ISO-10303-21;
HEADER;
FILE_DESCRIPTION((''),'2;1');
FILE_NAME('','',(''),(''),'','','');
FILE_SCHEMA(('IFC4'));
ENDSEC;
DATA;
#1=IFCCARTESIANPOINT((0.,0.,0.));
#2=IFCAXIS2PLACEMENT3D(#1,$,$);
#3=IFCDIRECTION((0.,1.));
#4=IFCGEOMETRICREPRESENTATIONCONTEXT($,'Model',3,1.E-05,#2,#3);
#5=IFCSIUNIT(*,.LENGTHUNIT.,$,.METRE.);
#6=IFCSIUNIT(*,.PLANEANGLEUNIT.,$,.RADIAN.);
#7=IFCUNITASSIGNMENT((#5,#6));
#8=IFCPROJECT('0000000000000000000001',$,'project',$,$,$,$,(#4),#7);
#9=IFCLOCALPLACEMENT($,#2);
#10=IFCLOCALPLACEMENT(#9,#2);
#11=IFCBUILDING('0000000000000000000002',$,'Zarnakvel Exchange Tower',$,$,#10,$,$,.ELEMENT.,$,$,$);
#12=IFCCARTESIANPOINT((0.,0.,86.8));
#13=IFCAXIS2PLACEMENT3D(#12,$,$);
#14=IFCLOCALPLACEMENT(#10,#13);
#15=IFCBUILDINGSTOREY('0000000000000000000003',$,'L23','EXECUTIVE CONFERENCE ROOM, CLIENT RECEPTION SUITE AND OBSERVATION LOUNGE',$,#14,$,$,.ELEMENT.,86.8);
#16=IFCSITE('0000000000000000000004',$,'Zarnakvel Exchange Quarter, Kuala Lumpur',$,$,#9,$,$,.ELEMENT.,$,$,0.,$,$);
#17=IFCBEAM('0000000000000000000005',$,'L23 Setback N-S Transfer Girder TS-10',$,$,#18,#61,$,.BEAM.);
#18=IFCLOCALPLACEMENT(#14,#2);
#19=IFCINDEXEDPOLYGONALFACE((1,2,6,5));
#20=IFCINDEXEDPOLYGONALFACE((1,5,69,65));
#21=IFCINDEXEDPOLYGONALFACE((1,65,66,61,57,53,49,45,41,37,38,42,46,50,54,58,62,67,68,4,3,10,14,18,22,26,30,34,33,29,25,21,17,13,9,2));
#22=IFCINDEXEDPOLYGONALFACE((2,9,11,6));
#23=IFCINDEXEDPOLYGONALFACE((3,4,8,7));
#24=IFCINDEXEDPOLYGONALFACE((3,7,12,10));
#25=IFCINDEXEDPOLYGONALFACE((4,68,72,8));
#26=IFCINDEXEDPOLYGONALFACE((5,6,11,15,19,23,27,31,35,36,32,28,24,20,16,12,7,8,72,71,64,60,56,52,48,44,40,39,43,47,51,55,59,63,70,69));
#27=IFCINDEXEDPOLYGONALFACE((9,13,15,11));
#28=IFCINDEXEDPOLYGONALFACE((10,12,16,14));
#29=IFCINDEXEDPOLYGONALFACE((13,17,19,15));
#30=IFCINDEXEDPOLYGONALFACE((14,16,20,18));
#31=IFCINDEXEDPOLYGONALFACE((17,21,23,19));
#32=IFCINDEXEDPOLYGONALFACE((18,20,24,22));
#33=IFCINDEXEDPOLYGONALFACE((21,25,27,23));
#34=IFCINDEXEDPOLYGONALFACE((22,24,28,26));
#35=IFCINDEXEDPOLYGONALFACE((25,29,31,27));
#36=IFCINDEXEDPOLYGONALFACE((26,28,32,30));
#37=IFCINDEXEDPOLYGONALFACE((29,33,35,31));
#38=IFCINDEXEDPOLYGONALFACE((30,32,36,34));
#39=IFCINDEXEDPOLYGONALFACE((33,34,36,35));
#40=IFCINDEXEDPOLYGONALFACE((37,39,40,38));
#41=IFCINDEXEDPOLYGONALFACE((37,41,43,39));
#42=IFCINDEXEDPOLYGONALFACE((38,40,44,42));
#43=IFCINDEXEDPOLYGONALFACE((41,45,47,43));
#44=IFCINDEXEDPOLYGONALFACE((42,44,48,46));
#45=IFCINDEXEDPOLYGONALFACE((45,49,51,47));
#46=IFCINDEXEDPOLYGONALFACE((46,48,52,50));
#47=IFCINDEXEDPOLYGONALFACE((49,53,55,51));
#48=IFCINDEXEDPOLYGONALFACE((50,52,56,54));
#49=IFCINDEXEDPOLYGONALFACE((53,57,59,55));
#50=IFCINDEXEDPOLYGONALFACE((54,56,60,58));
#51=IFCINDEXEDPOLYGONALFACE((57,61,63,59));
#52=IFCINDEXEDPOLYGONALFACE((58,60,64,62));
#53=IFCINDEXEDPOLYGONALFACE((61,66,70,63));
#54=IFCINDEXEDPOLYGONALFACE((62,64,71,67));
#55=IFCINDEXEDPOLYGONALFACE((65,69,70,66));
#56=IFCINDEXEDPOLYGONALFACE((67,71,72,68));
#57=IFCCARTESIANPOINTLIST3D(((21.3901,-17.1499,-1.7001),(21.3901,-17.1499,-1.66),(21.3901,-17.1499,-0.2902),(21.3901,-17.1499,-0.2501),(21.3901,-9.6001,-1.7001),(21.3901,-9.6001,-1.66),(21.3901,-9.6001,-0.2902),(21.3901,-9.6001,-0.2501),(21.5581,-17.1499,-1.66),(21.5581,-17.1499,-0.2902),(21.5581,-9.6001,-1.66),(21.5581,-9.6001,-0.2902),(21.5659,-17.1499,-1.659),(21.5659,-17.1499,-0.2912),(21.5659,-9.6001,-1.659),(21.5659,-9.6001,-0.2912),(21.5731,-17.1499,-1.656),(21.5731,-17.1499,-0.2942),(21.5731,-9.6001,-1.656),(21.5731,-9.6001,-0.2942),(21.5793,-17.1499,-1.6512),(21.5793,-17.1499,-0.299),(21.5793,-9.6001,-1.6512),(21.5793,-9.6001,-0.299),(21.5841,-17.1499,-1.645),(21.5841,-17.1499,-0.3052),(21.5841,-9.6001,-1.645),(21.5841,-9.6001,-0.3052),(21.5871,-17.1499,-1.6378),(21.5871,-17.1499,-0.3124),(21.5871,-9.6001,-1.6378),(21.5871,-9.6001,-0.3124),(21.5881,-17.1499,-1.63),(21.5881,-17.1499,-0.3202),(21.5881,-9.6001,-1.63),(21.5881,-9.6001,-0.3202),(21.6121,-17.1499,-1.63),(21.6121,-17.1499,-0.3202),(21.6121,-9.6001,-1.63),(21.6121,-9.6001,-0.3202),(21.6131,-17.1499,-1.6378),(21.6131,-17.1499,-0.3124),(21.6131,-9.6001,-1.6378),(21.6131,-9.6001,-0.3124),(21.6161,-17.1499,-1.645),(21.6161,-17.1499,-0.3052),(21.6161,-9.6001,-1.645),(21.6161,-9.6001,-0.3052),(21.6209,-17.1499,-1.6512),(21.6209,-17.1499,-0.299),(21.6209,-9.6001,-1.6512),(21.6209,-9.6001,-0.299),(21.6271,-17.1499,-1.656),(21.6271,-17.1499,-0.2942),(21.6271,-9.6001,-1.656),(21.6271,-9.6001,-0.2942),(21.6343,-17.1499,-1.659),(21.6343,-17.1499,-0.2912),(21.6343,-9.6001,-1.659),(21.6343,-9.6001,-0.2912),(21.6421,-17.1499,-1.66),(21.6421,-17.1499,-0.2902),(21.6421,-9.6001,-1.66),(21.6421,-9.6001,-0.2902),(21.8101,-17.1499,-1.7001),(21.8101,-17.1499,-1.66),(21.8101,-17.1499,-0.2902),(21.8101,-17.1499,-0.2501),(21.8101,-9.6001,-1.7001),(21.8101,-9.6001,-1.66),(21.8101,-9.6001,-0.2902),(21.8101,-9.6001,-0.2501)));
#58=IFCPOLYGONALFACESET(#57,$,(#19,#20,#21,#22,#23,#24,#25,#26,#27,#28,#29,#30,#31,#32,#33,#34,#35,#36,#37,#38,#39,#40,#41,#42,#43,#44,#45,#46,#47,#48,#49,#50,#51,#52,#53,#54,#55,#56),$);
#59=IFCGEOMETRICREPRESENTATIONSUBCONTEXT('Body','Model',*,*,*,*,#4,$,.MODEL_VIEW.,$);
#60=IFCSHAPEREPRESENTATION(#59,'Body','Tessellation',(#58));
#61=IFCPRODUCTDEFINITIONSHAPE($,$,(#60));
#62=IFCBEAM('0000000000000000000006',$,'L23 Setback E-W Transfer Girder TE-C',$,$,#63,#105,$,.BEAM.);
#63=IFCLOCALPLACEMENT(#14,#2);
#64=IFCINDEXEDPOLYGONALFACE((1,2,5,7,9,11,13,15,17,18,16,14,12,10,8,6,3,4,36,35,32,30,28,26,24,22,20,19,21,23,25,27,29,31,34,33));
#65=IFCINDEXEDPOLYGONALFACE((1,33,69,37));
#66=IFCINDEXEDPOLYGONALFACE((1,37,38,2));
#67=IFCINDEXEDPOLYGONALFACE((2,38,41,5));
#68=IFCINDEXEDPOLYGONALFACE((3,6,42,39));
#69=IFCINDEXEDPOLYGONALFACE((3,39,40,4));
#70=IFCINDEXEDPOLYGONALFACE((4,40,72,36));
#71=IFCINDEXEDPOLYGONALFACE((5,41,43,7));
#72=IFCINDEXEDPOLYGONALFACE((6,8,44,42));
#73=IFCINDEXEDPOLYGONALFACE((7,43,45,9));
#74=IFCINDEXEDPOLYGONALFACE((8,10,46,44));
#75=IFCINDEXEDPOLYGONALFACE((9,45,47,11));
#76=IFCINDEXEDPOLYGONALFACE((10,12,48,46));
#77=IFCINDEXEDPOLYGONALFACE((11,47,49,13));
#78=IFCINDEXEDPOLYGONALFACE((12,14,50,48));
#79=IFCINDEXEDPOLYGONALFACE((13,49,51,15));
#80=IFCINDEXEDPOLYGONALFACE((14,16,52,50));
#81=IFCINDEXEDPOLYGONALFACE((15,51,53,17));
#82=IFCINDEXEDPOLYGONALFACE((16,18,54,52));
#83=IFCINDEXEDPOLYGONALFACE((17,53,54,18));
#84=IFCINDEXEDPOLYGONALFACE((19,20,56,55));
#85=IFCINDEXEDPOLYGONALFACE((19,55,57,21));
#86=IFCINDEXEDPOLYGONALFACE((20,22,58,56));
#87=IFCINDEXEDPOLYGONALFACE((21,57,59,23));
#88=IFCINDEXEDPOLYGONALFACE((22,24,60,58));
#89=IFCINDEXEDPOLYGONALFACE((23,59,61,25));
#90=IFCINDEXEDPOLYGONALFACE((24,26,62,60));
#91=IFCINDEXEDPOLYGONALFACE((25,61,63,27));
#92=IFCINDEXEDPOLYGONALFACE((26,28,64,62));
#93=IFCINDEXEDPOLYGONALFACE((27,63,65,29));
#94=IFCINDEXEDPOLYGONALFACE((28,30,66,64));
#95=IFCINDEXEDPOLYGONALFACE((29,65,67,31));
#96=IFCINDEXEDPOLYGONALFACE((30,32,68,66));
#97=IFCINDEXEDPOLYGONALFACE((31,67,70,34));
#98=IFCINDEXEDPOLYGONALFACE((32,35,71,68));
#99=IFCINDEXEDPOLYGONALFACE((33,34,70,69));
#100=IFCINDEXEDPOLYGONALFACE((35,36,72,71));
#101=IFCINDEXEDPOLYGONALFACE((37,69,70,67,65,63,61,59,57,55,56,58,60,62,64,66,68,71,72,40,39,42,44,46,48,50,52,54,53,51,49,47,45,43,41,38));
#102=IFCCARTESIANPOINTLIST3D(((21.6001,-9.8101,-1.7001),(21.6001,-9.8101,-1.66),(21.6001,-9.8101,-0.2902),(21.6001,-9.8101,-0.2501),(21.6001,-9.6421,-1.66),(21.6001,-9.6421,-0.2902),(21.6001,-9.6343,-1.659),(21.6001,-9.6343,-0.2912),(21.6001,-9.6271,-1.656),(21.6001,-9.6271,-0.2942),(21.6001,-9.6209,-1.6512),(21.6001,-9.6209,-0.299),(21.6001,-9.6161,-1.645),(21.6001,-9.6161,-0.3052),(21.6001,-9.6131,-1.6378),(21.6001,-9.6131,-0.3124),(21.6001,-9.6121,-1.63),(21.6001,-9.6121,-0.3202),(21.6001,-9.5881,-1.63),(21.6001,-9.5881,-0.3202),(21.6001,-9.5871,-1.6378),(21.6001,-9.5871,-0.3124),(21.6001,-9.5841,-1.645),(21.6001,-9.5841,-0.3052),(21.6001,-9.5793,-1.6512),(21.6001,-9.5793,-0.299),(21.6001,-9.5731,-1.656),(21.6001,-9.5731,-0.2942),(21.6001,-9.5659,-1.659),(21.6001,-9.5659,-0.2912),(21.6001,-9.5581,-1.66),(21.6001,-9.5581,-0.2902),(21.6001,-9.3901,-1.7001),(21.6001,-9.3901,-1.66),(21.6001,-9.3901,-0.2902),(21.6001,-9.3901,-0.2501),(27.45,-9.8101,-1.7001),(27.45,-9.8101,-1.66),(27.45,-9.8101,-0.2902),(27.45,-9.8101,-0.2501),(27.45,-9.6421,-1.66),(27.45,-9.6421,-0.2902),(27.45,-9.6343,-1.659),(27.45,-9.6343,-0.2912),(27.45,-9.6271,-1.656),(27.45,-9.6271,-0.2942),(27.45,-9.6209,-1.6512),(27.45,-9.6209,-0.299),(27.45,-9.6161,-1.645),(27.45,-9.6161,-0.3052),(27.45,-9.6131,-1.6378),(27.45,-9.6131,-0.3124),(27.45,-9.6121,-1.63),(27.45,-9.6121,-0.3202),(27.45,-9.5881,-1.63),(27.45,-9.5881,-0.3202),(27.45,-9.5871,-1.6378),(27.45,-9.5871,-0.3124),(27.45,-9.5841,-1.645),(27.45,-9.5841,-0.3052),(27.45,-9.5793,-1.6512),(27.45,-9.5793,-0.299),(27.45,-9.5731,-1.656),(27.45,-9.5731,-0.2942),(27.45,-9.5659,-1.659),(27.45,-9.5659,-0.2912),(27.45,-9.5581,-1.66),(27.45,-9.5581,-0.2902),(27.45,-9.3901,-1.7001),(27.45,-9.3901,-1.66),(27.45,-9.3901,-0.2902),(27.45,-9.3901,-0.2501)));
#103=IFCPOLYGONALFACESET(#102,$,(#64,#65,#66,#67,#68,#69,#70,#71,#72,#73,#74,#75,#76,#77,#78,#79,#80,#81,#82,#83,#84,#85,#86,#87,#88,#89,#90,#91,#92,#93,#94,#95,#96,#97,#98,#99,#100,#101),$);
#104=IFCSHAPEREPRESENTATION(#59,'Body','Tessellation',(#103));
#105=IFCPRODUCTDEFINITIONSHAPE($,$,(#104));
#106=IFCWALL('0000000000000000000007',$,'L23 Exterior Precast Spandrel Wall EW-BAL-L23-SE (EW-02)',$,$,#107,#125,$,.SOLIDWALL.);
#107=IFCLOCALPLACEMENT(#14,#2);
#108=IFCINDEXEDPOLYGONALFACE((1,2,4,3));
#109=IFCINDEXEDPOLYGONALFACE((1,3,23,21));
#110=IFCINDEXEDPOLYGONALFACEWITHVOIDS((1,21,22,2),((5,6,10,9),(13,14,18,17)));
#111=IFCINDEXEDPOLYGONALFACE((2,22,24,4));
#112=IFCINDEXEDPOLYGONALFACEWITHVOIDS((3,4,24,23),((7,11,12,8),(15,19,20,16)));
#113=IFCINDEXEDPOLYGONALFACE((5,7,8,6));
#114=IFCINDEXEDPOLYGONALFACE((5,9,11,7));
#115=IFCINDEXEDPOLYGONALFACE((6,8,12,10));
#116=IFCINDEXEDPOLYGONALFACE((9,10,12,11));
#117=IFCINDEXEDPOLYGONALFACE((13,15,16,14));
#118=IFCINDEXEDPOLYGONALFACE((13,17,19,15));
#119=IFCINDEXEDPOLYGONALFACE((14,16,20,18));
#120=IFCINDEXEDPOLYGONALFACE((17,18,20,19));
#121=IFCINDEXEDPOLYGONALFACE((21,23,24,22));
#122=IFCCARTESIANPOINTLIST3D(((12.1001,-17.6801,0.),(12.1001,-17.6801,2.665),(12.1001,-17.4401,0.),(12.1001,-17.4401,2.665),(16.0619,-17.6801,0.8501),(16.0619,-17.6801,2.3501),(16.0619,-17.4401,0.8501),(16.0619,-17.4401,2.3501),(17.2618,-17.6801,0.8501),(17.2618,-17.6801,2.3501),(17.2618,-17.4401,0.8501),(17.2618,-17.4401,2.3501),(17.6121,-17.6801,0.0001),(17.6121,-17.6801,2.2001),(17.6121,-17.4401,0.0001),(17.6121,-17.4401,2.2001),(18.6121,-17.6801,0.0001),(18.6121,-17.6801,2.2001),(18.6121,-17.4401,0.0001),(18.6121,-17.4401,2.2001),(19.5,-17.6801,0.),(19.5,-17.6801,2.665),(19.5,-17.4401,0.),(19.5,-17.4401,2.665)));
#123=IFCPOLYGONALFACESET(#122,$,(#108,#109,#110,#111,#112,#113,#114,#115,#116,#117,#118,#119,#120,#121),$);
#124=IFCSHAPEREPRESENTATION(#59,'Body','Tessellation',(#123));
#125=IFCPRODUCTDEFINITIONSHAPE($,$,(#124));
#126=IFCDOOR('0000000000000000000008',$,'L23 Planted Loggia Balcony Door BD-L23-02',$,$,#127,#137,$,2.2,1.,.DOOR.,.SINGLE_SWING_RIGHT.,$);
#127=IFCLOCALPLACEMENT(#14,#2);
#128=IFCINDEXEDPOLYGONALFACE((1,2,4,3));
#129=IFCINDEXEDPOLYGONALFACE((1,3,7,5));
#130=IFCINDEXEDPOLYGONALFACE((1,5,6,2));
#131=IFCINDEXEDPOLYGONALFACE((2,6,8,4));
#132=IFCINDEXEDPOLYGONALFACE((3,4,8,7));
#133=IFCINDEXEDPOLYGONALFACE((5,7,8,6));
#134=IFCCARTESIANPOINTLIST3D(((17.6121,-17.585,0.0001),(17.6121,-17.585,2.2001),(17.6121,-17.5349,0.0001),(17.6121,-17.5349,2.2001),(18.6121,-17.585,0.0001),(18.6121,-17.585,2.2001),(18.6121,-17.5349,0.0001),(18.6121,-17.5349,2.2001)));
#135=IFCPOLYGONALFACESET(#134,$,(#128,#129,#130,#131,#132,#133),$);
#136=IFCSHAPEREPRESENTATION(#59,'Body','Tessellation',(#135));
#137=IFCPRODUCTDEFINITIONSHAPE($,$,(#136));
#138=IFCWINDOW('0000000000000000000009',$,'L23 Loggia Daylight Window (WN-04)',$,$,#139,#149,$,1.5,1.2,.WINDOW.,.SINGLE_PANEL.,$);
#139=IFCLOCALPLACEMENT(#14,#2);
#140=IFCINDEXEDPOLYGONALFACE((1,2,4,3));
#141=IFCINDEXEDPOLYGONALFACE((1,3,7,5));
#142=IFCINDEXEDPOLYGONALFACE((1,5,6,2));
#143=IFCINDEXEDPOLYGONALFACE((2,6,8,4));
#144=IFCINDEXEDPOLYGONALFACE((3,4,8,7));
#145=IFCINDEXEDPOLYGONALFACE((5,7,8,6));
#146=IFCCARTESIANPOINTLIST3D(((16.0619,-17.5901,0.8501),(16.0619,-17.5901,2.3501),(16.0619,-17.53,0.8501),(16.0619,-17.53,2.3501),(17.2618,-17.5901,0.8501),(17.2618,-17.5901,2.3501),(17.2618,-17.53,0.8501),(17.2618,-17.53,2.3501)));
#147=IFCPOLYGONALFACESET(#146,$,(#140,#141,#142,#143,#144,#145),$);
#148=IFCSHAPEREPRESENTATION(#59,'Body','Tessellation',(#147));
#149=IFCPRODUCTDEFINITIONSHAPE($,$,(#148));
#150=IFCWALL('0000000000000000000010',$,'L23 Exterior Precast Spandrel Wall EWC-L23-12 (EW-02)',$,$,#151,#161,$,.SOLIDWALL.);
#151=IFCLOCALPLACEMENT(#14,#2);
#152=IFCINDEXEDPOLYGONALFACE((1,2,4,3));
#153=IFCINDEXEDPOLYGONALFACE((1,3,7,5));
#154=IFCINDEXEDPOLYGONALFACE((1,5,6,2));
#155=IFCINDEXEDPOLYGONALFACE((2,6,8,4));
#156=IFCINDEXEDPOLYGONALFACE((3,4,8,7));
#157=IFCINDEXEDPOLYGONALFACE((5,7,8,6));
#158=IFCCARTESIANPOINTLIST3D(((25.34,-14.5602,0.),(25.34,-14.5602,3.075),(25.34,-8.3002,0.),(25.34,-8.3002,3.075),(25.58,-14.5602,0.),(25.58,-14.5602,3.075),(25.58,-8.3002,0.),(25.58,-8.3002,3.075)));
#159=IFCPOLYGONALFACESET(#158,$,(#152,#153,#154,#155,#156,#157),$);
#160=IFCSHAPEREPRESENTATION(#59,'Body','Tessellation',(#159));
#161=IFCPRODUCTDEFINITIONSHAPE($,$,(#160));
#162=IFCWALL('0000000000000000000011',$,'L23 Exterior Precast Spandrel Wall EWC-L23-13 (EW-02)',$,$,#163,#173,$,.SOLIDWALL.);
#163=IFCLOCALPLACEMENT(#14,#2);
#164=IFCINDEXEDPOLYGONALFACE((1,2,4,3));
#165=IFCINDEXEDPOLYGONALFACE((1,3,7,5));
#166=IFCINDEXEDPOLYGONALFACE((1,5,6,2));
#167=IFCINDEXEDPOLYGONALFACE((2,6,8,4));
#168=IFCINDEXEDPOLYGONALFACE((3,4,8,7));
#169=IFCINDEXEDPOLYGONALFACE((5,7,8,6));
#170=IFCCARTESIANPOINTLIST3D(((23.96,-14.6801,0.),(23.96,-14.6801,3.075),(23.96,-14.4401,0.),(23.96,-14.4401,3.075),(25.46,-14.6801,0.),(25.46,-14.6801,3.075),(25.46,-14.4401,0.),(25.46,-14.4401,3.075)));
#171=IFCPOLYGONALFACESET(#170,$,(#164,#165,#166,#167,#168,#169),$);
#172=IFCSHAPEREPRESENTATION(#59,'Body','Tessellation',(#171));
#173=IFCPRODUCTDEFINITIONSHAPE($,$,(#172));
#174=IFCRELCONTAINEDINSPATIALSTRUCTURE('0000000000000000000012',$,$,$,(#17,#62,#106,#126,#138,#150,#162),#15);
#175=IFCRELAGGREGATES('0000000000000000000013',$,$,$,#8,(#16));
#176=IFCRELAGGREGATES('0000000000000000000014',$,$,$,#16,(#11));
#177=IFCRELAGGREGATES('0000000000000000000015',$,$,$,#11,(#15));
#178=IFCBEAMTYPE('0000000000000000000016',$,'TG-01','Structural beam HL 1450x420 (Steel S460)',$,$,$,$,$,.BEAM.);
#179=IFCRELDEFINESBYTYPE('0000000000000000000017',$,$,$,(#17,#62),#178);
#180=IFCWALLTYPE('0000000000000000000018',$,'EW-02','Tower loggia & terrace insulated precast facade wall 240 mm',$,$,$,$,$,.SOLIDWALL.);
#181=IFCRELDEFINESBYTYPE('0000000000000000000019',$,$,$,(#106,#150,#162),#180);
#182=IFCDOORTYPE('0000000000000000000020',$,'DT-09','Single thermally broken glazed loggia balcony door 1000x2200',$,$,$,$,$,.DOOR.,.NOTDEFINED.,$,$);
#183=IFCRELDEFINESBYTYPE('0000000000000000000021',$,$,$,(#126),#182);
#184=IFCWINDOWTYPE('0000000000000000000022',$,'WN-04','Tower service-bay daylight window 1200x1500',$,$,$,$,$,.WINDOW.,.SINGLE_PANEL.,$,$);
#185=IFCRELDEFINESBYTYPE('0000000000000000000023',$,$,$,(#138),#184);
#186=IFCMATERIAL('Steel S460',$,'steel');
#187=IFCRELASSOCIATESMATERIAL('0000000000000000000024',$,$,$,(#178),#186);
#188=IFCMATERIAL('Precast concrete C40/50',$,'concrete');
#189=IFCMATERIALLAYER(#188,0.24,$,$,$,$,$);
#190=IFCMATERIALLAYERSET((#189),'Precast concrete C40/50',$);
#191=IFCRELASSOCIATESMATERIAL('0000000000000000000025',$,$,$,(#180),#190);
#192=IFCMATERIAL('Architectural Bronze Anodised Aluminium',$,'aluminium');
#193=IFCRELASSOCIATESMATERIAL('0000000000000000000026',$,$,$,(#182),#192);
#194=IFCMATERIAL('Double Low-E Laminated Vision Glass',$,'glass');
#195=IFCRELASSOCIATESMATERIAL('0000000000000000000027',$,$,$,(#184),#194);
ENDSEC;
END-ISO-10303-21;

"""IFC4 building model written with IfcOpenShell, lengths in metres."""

from ifc_helpers import new_model, si_unit, direction, frame, frame_2d, origin, origin_2d, place, context, subcontext, project, spatial, rectangle, i_section, extrude, source, transform, mapped, material, layer, layer_set, material_profile, profile_set, type_object, element, fill, save


model = new_model("IFC4")

# Units and contexts
model_context = context("Model", 3, precision=1e-05, world=origin(), true_north=direction((0.0, 1.0)))
body_context = subcontext(model_context, "Body", "Model", "MODEL_VIEW")
ifc_project = project(units=[si_unit("LENGTHUNIT", "METRE"), si_unit("PLANEANGLEUNIT", "RADIAN")], contexts=[model_context])

# Site, building, storey
site_placement = place(None, origin())
site = spatial("IfcSite", under=ifc_project, at=site_placement, Name="Zarnakvel Exchange Quarter, Kuala Lumpur", CompositionType="ELEMENT", RefElevation=0.0)
building_placement = place(site_placement, origin())
building = spatial("IfcBuilding", under=site, at=building_placement, Name="Zarnakvel Exchange Tower", CompositionType="ELEMENT")
storey_placement = place(building_placement, frame((0.0, 0.0, 86.8)))
storey = spatial("IfcBuildingStorey", under=building, at=storey_placement, Name="L23", Description="EXECUTIVE CONFERENCE ROOM, CLIENT RECEPTION SUITE AND OBSERVATION LOUNGE", CompositionType="ELEMENT", Elevation=86.8)

# Beams
ifc_material_1 = material(Name="Steel S460", Category="steel")
ifc_material_profile_1 = material_profile(ifc_material_1, i_section(OverallWidth=0.4199, OverallDepth=1.45, WebThickness=0.0239, FlangeThickness=0.04, FilletRadius=0.03, at=origin_2d()))
ifc_profile_set_1 = profile_set([ifc_material_profile_1], Name="Steel S460")
beam_type_1 = type_object("IfcBeamType", Name="TG-01", Description="Structural beam HL 1450x420 (Steel S460)", PredefinedType="BEAM", material=ifc_profile_set_1)
for number, where, z_axis, x_axis, name in (
    (1, (21.6001, -17.1499, -0.9751), (0.0, 1.0, 0.0), (-1.0, 0.0, 0.0), "L23 Setback N-S Transfer Girder TS-10"),
):
    element("IfcBeam", number, at=place(storey_placement, frame(where, z_axis=z_axis, x_axis=x_axis)), inside=storey, type_object=beam_type_1, Name=name, PredefinedType="BEAM", context=body_context, shape_type="SweptSolid", body=[
        extrude(i_section(OverallWidth=0.4199, OverallDepth=1.45, WebThickness=0.0239, FlangeThickness=0.04, FilletRadius=0.03, at=origin_2d()), origin(), (0.0, 0.0, 1.0), 7.5498),
    ])
beam_1_placement = place(storey_placement, frame((21.6001, -9.6001, -0.9751), z_axis=(1.0, 0.0, 0.0), x_axis=(0.0, 1.0, 0.0)))
element("IfcBeam", 2, at=beam_1_placement, inside=storey, type_object=beam_type_1, Name="L23 Setback E-W Transfer Girder TE-C", PredefinedType="BEAM", context=body_context, shape_type="SweptSolid", body=[
    extrude(i_section(OverallWidth=0.4199, OverallDepth=1.45, WebThickness=0.0239, FlangeThickness=0.04, FilletRadius=0.03, at=origin_2d()), origin(), (0.0, 0.0, 1.0), 5.8499),
])

# Wall, openings, door, window
ifc_material_2 = material(Name="Precast concrete C40/50", Category="concrete")
ifc_layer_1 = layer(ifc_material_2, 0.24)
ifc_layer_set_1 = layer_set([ifc_layer_1], Name="Precast concrete C40/50")
wall_type_1 = type_object("IfcWallType", Name="EW-02", Description="Tower loggia & terrace insulated precast facade wall 240 mm", PredefinedType="SOLIDWALL", material=ifc_layer_set_1)
wall_1_placement = place(storey_placement, frame((19.5, -17.5601, 0.0), z_axis=(0.0, 0.0, 1.0), x_axis=(-1.0, 0.0, 0.0)))
wall_1 = element("IfcWall", 3, at=wall_1_placement, inside=storey, type_object=wall_type_1, Name="L23 Exterior Precast Spandrel Wall EW-BAL-L23-SE (EW-02)", PredefinedType="SOLIDWALL", context=body_context, shape_type="SweptSolid", body=[
    extrude(rectangle(XDim=7.3999, YDim=0.24, at=frame_2d((3.7, 0.0))), origin(), (0.0, 0.0, 1.0), 2.665),
])
opening_1_placement = place(wall_1_placement, frame((0.8879, 0.0, 0.0)))
opening_1 = element("IfcOpeningElement", 4, at=opening_1_placement, cuts=wall_1, PredefinedType="OPENING", context=body_context, shape_type="SweptSolid", body=[
    extrude(rectangle(XDim=1.0, YDim=2.2, at=frame_2d((0.5, 1.1001))), frame((0.0, 0.1299, 0.0), z_axis=(0.0, -1.0, 0.0), x_axis=(1.0, 0.0, 0.0)), (0.0, 0.0, 1.0), 0.26),
])
opening_2_placement = place(wall_1_placement, frame((2.238, 0.0, 0.8501)))
opening_2 = element("IfcOpeningElement", 5, at=opening_2_placement, cuts=wall_1, PredefinedType="OPENING", context=body_context, shape_type="SweptSolid", body=[
    extrude(rectangle(XDim=1.2, YDim=1.5, at=frame_2d((0.6001, 0.75))), frame((0.0, 0.1299, 0.0), z_axis=(0.0, -1.0, 0.0), x_axis=(1.0, 0.0, 0.0)), (0.0, 0.0, 1.0), 0.26),
])
ifc_material_3 = material(Name="Architectural Bronze Anodised Aluminium", Category="aluminium")
door_type = type_object("IfcDoorType", Name="DT-09", Description="Single thermally broken glazed loggia balcony door 1000x2200", OperationType="NOTDEFINED", PredefinedType="DOOR", material=ifc_material_3)
shared_shape_1 = source(origin(), body_context, "Body", "SweptSolid", [
    extrude(rectangle(XDim=1.0, YDim=2.2, at=frame_2d((0.5, 1.1001))), frame((0.0, 0.0249, 0.0), z_axis=(0.0, -1.0, 0.0), x_axis=(1.0, 0.0, 0.0)), (0.0, 0.0, 1.0), 0.05),
])
door_placement = place(opening_1_placement, origin())
door = element("IfcDoor", 6, at=door_placement, inside=storey, type_object=door_type, Name="L23 Planted Loggia Balcony Door BD-L23-02", OperationType="SINGLE_SWING_RIGHT", OverallHeight=2.2, OverallWidth=1.0, PredefinedType="DOOR", context=body_context, shape_type="MappedRepresentation", body=[
    mapped(shared_shape_1, transform((0.0, 0.0, 0.0), x_axis=(1.0, 0.0, 0.0), y_axis=(0.0, 1.0, 0.0), z_axis=(0.0, 0.0, 1.0), scale=1.0)),
])
fill(opening_1, door)
ifc_material_4 = material(Name="Double Low-E Laminated Vision Glass", Category="glass")
window_type = type_object("IfcWindowType", Name="WN-04", Description="Tower service-bay daylight window 1200x1500", PartitioningType="SINGLE_PANEL", PredefinedType="WINDOW", material=ifc_material_4)
shared_shape_2 = source(origin(), body_context, "Body", "SweptSolid", [
    extrude(rectangle(XDim=1.2, YDim=1.5, at=frame_2d((0.6001, 0.75))), frame((0.0, 0.03, 0.0), z_axis=(0.0, -1.0, 0.0), x_axis=(1.0, 0.0, 0.0)), (0.0, 0.0, 1.0), 0.0601),
])
window_placement = place(opening_2_placement, origin())
window = element("IfcWindow", 7, at=window_placement, inside=storey, type_object=window_type, Name="L23 Loggia Daylight Window (WN-04)", OverallHeight=1.5, OverallWidth=1.2, PartitioningType="SINGLE_PANEL", PredefinedType="WINDOW", context=body_context, shape_type="MappedRepresentation", body=[
    mapped(shared_shape_2, transform((0.0, 0.0, 0.0), x_axis=(1.0, 0.0, 0.0), y_axis=(0.0, 1.0, 0.0), z_axis=(0.0, 0.0, 1.0), scale=1.0)),
])
fill(opening_2, window)

# Walls
wall_2_placement = place(storey_placement, frame((25.46, -14.5601, 0.0), z_axis=(0.0, 0.0, 1.0), x_axis=(0.0, 1.0, 0.0)))
element("IfcWall", 8, at=wall_2_placement, inside=storey, type_object=wall_type_1, Name="L23 Exterior Precast Spandrel Wall EWC-L23-12 (EW-02)", PredefinedType="SOLIDWALL", context=body_context, shape_type="SweptSolid", body=[
    extrude(rectangle(XDim=6.26, YDim=0.24, at=frame_2d((3.1299, 0.0))), origin(), (0.0, 0.0, 1.0), 3.075),
])
for number, where, z_axis, x_axis, name in (
    (9, (23.96, -14.5601, 0.0), (0.0, 0.0, 1.0), (1.0, 0.0, 0.0), "L23 Exterior Precast Spandrel Wall EWC-L23-13 (EW-02)"),
):
    element("IfcWall", number, at=place(storey_placement, frame(where, z_axis=z_axis, x_axis=x_axis)), inside=storey, type_object=wall_type_1, Name=name, PredefinedType="SOLIDWALL", context=body_context, shape_type="SweptSolid", body=[
        extrude(rectangle(XDim=1.5, YDim=0.24, at=frame_2d((0.75, 0.0))), origin(), (0.0, 0.0, 1.0), 3.075),
    ])

save(model, "model.ifc")
